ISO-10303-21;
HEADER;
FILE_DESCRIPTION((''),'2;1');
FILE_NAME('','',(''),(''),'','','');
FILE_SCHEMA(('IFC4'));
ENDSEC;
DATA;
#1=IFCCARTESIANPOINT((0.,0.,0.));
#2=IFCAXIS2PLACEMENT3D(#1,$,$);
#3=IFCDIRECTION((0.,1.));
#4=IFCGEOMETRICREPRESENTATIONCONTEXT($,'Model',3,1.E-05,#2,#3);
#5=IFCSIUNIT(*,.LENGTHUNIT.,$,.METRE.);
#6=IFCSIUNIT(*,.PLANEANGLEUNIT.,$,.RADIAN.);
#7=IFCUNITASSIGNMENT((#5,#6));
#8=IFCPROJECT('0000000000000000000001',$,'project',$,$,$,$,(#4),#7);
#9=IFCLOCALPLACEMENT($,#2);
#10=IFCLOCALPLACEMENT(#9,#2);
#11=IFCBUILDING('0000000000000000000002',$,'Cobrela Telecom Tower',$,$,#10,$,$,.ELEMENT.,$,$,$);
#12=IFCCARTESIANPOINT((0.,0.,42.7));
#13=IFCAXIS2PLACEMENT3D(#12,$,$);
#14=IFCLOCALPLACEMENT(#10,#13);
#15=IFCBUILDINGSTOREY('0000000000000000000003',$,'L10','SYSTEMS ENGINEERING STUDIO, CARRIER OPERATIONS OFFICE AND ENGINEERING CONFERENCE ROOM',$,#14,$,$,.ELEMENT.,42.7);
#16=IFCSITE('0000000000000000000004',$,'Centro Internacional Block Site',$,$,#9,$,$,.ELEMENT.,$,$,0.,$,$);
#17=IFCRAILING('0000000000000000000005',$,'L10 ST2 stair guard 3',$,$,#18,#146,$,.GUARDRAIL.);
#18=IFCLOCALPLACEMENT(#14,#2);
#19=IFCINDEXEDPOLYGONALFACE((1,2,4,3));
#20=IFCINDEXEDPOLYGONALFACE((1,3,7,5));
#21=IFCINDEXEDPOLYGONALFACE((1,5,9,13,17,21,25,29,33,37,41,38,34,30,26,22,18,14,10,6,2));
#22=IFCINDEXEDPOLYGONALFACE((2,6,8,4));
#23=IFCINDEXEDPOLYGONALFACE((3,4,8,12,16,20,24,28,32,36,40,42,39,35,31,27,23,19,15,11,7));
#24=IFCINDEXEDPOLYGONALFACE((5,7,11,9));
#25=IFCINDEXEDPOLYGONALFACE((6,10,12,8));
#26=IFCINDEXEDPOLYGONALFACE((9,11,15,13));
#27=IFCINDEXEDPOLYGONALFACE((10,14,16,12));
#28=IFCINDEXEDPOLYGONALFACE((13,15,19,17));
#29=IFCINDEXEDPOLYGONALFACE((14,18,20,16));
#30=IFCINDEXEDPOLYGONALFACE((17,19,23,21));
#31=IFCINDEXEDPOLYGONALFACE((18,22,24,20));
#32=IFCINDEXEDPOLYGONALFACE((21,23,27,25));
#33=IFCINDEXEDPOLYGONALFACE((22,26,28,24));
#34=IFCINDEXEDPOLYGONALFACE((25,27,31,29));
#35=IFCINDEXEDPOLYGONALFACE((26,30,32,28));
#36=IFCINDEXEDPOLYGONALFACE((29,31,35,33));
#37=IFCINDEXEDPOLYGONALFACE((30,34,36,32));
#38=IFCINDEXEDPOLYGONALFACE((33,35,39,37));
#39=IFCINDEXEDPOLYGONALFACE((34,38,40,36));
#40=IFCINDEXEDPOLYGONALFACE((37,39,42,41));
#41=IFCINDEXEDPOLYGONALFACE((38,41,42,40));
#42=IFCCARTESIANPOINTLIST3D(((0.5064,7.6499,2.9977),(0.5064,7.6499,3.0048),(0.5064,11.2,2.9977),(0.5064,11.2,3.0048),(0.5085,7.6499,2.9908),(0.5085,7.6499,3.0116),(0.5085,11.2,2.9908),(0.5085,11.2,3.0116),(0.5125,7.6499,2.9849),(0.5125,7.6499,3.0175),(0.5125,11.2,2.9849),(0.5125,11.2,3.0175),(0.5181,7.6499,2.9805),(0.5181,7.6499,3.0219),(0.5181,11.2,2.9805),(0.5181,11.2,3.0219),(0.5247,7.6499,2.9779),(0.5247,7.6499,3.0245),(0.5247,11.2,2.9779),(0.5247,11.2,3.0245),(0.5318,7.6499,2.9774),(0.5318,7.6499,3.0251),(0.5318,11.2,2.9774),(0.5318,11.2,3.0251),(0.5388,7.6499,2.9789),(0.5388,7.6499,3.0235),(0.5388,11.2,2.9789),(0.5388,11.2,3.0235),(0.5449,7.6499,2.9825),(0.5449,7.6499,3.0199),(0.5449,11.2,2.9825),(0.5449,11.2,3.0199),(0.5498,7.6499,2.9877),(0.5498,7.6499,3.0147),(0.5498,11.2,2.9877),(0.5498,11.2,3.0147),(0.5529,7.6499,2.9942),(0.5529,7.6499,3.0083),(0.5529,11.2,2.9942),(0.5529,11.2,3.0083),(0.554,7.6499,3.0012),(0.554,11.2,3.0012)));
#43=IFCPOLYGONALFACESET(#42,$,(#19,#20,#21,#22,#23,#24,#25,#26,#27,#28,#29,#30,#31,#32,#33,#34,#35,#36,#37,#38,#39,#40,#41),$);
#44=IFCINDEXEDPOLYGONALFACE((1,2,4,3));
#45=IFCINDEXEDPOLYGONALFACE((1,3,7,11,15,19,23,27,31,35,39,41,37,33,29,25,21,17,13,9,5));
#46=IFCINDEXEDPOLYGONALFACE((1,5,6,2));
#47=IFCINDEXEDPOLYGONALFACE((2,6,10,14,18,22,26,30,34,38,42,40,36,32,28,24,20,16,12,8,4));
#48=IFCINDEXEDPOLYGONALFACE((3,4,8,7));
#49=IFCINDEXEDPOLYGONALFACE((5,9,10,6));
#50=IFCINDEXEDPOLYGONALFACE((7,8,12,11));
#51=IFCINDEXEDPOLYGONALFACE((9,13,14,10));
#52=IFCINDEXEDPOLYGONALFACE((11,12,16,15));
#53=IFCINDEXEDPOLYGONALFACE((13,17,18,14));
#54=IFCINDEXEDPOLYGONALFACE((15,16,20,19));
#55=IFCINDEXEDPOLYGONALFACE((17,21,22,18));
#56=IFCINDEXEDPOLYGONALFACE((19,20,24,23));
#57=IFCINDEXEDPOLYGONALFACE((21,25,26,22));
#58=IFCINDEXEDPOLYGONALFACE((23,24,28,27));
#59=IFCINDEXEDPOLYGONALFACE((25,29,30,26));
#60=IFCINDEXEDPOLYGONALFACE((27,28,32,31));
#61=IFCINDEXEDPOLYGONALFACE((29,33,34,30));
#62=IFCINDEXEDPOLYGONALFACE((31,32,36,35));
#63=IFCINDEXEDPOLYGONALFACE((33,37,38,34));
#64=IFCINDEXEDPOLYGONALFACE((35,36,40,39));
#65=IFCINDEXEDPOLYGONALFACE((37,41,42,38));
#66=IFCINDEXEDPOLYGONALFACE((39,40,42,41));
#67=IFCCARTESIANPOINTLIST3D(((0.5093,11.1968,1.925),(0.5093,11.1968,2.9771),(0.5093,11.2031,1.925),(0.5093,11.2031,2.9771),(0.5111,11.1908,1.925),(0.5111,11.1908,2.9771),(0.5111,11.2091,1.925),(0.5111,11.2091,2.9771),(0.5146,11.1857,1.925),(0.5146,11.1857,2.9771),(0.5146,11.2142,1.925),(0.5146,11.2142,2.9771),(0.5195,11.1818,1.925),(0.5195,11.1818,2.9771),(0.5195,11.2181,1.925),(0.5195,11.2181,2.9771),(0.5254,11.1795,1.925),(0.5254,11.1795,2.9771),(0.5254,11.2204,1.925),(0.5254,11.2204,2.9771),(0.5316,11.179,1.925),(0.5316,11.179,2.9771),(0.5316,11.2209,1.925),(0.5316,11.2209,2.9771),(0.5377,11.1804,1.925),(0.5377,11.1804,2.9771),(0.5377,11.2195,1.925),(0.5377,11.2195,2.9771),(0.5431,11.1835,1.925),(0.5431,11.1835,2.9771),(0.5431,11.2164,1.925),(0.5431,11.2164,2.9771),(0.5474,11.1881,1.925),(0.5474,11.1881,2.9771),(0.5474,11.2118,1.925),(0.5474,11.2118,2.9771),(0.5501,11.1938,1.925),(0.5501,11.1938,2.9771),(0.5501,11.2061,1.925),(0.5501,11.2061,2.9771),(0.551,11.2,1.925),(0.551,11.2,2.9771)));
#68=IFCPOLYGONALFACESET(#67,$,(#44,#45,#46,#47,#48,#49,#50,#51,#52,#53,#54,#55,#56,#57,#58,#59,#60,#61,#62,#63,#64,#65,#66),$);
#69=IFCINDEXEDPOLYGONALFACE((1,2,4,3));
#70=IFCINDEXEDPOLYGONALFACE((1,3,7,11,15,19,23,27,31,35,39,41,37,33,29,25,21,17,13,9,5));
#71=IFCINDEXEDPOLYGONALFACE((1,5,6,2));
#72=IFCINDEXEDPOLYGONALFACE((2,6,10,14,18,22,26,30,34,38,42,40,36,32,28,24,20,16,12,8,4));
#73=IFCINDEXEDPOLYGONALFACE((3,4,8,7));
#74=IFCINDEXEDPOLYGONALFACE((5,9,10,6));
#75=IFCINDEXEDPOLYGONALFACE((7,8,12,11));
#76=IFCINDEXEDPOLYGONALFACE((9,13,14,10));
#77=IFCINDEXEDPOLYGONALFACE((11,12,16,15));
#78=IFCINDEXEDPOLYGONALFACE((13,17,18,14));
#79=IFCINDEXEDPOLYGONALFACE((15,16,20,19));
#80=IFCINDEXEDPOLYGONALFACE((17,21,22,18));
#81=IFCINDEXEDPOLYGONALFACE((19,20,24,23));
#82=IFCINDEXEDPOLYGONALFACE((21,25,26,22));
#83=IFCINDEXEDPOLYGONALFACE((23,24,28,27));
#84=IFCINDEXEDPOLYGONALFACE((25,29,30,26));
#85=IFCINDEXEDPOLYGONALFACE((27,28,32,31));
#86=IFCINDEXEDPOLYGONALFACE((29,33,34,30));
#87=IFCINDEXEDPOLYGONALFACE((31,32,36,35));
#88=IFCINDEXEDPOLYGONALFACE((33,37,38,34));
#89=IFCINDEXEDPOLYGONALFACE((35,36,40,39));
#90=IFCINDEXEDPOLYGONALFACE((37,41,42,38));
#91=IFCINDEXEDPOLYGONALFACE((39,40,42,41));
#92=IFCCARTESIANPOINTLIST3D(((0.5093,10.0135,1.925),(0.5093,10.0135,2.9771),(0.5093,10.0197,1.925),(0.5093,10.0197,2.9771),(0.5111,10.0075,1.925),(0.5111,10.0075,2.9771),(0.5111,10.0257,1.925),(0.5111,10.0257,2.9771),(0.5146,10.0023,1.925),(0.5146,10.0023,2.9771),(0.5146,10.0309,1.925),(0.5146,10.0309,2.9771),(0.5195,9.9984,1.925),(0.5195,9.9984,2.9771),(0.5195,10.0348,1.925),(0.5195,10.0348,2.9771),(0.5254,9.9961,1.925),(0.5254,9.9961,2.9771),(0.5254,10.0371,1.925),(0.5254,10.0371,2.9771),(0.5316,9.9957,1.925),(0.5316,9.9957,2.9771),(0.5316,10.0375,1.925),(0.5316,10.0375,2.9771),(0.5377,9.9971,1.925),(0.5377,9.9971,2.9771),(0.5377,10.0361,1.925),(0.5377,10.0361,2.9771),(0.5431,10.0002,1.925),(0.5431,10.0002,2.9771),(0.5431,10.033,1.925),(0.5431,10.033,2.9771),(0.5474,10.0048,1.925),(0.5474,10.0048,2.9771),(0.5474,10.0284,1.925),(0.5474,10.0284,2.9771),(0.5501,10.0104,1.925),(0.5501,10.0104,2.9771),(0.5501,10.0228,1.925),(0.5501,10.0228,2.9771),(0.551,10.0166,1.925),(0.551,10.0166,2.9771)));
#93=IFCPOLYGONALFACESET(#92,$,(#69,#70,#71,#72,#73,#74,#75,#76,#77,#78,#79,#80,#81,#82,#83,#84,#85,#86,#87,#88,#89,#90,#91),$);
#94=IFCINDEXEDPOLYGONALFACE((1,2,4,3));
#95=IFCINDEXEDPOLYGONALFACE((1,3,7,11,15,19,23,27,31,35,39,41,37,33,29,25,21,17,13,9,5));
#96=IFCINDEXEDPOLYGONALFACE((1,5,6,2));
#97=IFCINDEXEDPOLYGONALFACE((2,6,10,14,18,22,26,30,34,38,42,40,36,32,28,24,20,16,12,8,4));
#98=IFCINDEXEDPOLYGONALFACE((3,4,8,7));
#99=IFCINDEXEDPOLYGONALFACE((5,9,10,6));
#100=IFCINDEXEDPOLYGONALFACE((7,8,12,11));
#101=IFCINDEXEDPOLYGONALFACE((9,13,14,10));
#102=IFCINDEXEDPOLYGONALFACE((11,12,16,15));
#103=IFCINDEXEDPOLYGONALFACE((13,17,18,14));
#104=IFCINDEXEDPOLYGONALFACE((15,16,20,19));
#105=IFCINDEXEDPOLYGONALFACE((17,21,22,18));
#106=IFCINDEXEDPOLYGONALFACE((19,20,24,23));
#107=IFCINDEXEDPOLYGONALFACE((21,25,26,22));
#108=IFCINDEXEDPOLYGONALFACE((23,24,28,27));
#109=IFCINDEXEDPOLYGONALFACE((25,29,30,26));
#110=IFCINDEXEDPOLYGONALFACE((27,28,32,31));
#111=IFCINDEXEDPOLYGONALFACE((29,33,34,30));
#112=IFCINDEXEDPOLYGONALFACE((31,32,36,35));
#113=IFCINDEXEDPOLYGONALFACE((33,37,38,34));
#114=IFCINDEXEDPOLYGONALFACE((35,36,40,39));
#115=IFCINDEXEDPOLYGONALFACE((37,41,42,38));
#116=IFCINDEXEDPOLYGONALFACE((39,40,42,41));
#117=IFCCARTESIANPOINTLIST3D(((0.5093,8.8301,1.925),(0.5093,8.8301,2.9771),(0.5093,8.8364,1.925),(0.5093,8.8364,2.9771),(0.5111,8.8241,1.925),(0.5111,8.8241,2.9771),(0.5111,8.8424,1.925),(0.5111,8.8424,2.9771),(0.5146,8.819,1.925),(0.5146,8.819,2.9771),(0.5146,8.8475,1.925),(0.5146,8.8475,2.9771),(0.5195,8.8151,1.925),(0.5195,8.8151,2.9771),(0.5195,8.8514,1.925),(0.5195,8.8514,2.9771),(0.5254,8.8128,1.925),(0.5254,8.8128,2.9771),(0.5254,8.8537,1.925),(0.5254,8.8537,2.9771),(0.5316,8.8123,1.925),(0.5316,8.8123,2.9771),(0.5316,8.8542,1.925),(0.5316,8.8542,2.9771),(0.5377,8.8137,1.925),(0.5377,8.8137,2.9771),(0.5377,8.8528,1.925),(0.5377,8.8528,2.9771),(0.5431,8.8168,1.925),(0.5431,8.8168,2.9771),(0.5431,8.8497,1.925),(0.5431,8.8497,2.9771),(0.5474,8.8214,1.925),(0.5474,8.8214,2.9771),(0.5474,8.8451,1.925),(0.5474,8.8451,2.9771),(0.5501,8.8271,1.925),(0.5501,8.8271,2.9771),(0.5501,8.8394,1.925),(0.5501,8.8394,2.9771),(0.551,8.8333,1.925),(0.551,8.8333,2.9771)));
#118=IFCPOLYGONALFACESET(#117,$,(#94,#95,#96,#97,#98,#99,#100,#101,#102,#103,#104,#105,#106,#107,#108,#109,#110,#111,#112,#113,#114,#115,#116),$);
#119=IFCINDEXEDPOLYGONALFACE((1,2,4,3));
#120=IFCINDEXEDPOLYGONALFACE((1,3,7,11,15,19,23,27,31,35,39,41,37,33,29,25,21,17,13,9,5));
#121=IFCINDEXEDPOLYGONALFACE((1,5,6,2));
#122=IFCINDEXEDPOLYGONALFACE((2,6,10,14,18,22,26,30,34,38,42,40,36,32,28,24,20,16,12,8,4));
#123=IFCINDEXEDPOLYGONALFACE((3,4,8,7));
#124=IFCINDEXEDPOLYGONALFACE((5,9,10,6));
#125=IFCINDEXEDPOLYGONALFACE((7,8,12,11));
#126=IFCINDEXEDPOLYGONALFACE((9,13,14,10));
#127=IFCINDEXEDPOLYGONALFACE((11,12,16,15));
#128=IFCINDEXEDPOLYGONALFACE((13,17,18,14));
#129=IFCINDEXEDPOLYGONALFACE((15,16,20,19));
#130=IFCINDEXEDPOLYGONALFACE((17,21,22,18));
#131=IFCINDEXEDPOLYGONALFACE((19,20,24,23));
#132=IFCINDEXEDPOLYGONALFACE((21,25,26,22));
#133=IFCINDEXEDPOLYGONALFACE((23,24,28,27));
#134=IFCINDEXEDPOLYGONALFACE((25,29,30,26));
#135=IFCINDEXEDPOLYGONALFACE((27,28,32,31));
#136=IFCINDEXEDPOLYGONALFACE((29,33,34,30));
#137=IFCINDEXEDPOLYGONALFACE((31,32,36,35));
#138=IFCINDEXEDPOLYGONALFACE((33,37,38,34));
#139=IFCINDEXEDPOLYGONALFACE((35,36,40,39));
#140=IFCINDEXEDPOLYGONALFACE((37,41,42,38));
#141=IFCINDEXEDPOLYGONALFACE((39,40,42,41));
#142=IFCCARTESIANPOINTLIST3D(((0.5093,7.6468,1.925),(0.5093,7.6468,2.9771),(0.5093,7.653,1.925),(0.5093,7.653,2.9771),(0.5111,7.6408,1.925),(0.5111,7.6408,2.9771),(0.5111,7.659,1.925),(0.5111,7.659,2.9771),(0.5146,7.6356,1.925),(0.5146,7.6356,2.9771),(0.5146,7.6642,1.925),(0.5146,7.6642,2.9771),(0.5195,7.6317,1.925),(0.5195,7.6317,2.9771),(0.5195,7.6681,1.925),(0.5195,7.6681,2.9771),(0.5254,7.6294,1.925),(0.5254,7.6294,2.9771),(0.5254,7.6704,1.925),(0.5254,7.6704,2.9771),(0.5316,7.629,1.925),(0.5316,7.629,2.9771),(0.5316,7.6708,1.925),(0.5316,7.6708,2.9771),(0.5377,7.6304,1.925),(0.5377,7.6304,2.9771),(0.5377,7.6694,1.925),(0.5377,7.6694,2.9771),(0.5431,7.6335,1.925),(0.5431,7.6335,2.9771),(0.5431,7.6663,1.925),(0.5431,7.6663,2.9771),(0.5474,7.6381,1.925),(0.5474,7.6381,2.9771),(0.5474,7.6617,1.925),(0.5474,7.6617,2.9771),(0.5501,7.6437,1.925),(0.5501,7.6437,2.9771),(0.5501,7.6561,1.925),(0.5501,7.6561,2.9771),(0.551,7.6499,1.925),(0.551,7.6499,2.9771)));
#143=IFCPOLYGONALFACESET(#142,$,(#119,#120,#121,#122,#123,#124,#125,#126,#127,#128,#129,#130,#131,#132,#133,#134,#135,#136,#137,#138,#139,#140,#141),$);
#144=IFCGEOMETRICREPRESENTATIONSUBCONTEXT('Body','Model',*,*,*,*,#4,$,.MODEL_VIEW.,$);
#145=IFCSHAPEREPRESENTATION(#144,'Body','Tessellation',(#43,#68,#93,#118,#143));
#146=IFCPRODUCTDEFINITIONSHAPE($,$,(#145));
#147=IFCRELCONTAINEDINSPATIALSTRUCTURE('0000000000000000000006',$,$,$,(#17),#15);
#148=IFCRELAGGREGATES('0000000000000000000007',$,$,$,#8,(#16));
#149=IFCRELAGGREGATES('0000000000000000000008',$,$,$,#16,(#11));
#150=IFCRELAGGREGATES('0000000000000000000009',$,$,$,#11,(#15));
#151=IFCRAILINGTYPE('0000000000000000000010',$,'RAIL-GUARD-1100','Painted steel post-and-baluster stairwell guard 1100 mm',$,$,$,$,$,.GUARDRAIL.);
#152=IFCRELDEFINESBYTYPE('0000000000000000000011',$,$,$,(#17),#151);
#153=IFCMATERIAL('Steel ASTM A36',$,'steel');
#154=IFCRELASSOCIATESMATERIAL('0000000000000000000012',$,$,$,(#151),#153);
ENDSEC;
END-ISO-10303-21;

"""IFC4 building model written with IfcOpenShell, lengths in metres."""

from ifc_helpers import new_model, si_unit, direction, frame, origin, origin_2d, place, context, subcontext, project, spatial, circle, extrude, material, type_object, element, save


model = new_model("IFC4")

# Units and contexts
model_context = context("Model", 3, precision=1e-05, world=origin(), true_north=direction((0.0, 1.0)))
body_context = subcontext(model_context, "Body", "Model", "MODEL_VIEW")
ifc_project = project(units=[si_unit("LENGTHUNIT", "METRE"), si_unit("PLANEANGLEUNIT", "RADIAN")], contexts=[model_context])

# Site, building, storey
site_placement = place(None, origin())
site = spatial("IfcSite", under=ifc_project, at=site_placement, Name="Centro Internacional Block Site", CompositionType="ELEMENT", RefElevation=0.0)
building_placement = place(site_placement, origin())
building = spatial("IfcBuilding", under=site, at=building_placement, Name="Cobrela Telecom Tower", CompositionType="ELEMENT")
storey_placement = place(building_placement, frame((0.0, 0.0, 42.7)))
storey = spatial("IfcBuildingStorey", under=building, at=storey_placement, Name="L10", Description="SYSTEMS ENGINEERING STUDIO, CARRIER OPERATIONS OFFICE AND ENGINEERING CONFERENCE ROOM", CompositionType="ELEMENT", Elevation=42.7)

# Railing
ifc_material_1 = material(Name="Steel ASTM A36", Category="steel")
railing_type_1 = type_object("IfcRailingType", Name="RAIL-GUARD-1100", Description="Painted steel post-and-baluster stairwell guard 1100 mm", PredefinedType="GUARDRAIL", material=ifc_material_1)
railing_1_placement = place(storey_placement, frame((0.53, 11.2, 1.925)))
element("IfcRailing", 1, at=railing_1_placement, inside=storey, type_object=railing_type_1, Name="L10 ST2 stair guard 3", PredefinedType="GUARDRAIL", context=body_context, shape_type="SweptSolid", body=[
    extrude(circle(Radius=0.0239, at=origin_2d()), frame((0.0, 0.0, 1.0762), z_axis=(0.0, -1.0, 0.0), x_axis=(1.0, 0.0, 0.0)), (0.0, 0.0, 1.0), 3.55),
    extrude(circle(Radius=0.021, at=origin_2d()), origin(), (0.0, 0.0, 1.0), 1.052),
    extrude(circle(Radius=0.021, at=origin_2d()), frame((0.0, -1.1833, 0.0)), (0.0, 0.0, 1.0), 1.052),
    extrude(circle(Radius=0.021, at=origin_2d()), frame((0.0, -2.3667, 0.0)), (0.0, 0.0, 1.0), 1.052),
    extrude(circle(Radius=0.021, at=origin_2d()), frame((0.0, -3.55, 0.0)), (0.0, 0.0, 1.0), 1.052),
])

save(model, "model.ifc")
